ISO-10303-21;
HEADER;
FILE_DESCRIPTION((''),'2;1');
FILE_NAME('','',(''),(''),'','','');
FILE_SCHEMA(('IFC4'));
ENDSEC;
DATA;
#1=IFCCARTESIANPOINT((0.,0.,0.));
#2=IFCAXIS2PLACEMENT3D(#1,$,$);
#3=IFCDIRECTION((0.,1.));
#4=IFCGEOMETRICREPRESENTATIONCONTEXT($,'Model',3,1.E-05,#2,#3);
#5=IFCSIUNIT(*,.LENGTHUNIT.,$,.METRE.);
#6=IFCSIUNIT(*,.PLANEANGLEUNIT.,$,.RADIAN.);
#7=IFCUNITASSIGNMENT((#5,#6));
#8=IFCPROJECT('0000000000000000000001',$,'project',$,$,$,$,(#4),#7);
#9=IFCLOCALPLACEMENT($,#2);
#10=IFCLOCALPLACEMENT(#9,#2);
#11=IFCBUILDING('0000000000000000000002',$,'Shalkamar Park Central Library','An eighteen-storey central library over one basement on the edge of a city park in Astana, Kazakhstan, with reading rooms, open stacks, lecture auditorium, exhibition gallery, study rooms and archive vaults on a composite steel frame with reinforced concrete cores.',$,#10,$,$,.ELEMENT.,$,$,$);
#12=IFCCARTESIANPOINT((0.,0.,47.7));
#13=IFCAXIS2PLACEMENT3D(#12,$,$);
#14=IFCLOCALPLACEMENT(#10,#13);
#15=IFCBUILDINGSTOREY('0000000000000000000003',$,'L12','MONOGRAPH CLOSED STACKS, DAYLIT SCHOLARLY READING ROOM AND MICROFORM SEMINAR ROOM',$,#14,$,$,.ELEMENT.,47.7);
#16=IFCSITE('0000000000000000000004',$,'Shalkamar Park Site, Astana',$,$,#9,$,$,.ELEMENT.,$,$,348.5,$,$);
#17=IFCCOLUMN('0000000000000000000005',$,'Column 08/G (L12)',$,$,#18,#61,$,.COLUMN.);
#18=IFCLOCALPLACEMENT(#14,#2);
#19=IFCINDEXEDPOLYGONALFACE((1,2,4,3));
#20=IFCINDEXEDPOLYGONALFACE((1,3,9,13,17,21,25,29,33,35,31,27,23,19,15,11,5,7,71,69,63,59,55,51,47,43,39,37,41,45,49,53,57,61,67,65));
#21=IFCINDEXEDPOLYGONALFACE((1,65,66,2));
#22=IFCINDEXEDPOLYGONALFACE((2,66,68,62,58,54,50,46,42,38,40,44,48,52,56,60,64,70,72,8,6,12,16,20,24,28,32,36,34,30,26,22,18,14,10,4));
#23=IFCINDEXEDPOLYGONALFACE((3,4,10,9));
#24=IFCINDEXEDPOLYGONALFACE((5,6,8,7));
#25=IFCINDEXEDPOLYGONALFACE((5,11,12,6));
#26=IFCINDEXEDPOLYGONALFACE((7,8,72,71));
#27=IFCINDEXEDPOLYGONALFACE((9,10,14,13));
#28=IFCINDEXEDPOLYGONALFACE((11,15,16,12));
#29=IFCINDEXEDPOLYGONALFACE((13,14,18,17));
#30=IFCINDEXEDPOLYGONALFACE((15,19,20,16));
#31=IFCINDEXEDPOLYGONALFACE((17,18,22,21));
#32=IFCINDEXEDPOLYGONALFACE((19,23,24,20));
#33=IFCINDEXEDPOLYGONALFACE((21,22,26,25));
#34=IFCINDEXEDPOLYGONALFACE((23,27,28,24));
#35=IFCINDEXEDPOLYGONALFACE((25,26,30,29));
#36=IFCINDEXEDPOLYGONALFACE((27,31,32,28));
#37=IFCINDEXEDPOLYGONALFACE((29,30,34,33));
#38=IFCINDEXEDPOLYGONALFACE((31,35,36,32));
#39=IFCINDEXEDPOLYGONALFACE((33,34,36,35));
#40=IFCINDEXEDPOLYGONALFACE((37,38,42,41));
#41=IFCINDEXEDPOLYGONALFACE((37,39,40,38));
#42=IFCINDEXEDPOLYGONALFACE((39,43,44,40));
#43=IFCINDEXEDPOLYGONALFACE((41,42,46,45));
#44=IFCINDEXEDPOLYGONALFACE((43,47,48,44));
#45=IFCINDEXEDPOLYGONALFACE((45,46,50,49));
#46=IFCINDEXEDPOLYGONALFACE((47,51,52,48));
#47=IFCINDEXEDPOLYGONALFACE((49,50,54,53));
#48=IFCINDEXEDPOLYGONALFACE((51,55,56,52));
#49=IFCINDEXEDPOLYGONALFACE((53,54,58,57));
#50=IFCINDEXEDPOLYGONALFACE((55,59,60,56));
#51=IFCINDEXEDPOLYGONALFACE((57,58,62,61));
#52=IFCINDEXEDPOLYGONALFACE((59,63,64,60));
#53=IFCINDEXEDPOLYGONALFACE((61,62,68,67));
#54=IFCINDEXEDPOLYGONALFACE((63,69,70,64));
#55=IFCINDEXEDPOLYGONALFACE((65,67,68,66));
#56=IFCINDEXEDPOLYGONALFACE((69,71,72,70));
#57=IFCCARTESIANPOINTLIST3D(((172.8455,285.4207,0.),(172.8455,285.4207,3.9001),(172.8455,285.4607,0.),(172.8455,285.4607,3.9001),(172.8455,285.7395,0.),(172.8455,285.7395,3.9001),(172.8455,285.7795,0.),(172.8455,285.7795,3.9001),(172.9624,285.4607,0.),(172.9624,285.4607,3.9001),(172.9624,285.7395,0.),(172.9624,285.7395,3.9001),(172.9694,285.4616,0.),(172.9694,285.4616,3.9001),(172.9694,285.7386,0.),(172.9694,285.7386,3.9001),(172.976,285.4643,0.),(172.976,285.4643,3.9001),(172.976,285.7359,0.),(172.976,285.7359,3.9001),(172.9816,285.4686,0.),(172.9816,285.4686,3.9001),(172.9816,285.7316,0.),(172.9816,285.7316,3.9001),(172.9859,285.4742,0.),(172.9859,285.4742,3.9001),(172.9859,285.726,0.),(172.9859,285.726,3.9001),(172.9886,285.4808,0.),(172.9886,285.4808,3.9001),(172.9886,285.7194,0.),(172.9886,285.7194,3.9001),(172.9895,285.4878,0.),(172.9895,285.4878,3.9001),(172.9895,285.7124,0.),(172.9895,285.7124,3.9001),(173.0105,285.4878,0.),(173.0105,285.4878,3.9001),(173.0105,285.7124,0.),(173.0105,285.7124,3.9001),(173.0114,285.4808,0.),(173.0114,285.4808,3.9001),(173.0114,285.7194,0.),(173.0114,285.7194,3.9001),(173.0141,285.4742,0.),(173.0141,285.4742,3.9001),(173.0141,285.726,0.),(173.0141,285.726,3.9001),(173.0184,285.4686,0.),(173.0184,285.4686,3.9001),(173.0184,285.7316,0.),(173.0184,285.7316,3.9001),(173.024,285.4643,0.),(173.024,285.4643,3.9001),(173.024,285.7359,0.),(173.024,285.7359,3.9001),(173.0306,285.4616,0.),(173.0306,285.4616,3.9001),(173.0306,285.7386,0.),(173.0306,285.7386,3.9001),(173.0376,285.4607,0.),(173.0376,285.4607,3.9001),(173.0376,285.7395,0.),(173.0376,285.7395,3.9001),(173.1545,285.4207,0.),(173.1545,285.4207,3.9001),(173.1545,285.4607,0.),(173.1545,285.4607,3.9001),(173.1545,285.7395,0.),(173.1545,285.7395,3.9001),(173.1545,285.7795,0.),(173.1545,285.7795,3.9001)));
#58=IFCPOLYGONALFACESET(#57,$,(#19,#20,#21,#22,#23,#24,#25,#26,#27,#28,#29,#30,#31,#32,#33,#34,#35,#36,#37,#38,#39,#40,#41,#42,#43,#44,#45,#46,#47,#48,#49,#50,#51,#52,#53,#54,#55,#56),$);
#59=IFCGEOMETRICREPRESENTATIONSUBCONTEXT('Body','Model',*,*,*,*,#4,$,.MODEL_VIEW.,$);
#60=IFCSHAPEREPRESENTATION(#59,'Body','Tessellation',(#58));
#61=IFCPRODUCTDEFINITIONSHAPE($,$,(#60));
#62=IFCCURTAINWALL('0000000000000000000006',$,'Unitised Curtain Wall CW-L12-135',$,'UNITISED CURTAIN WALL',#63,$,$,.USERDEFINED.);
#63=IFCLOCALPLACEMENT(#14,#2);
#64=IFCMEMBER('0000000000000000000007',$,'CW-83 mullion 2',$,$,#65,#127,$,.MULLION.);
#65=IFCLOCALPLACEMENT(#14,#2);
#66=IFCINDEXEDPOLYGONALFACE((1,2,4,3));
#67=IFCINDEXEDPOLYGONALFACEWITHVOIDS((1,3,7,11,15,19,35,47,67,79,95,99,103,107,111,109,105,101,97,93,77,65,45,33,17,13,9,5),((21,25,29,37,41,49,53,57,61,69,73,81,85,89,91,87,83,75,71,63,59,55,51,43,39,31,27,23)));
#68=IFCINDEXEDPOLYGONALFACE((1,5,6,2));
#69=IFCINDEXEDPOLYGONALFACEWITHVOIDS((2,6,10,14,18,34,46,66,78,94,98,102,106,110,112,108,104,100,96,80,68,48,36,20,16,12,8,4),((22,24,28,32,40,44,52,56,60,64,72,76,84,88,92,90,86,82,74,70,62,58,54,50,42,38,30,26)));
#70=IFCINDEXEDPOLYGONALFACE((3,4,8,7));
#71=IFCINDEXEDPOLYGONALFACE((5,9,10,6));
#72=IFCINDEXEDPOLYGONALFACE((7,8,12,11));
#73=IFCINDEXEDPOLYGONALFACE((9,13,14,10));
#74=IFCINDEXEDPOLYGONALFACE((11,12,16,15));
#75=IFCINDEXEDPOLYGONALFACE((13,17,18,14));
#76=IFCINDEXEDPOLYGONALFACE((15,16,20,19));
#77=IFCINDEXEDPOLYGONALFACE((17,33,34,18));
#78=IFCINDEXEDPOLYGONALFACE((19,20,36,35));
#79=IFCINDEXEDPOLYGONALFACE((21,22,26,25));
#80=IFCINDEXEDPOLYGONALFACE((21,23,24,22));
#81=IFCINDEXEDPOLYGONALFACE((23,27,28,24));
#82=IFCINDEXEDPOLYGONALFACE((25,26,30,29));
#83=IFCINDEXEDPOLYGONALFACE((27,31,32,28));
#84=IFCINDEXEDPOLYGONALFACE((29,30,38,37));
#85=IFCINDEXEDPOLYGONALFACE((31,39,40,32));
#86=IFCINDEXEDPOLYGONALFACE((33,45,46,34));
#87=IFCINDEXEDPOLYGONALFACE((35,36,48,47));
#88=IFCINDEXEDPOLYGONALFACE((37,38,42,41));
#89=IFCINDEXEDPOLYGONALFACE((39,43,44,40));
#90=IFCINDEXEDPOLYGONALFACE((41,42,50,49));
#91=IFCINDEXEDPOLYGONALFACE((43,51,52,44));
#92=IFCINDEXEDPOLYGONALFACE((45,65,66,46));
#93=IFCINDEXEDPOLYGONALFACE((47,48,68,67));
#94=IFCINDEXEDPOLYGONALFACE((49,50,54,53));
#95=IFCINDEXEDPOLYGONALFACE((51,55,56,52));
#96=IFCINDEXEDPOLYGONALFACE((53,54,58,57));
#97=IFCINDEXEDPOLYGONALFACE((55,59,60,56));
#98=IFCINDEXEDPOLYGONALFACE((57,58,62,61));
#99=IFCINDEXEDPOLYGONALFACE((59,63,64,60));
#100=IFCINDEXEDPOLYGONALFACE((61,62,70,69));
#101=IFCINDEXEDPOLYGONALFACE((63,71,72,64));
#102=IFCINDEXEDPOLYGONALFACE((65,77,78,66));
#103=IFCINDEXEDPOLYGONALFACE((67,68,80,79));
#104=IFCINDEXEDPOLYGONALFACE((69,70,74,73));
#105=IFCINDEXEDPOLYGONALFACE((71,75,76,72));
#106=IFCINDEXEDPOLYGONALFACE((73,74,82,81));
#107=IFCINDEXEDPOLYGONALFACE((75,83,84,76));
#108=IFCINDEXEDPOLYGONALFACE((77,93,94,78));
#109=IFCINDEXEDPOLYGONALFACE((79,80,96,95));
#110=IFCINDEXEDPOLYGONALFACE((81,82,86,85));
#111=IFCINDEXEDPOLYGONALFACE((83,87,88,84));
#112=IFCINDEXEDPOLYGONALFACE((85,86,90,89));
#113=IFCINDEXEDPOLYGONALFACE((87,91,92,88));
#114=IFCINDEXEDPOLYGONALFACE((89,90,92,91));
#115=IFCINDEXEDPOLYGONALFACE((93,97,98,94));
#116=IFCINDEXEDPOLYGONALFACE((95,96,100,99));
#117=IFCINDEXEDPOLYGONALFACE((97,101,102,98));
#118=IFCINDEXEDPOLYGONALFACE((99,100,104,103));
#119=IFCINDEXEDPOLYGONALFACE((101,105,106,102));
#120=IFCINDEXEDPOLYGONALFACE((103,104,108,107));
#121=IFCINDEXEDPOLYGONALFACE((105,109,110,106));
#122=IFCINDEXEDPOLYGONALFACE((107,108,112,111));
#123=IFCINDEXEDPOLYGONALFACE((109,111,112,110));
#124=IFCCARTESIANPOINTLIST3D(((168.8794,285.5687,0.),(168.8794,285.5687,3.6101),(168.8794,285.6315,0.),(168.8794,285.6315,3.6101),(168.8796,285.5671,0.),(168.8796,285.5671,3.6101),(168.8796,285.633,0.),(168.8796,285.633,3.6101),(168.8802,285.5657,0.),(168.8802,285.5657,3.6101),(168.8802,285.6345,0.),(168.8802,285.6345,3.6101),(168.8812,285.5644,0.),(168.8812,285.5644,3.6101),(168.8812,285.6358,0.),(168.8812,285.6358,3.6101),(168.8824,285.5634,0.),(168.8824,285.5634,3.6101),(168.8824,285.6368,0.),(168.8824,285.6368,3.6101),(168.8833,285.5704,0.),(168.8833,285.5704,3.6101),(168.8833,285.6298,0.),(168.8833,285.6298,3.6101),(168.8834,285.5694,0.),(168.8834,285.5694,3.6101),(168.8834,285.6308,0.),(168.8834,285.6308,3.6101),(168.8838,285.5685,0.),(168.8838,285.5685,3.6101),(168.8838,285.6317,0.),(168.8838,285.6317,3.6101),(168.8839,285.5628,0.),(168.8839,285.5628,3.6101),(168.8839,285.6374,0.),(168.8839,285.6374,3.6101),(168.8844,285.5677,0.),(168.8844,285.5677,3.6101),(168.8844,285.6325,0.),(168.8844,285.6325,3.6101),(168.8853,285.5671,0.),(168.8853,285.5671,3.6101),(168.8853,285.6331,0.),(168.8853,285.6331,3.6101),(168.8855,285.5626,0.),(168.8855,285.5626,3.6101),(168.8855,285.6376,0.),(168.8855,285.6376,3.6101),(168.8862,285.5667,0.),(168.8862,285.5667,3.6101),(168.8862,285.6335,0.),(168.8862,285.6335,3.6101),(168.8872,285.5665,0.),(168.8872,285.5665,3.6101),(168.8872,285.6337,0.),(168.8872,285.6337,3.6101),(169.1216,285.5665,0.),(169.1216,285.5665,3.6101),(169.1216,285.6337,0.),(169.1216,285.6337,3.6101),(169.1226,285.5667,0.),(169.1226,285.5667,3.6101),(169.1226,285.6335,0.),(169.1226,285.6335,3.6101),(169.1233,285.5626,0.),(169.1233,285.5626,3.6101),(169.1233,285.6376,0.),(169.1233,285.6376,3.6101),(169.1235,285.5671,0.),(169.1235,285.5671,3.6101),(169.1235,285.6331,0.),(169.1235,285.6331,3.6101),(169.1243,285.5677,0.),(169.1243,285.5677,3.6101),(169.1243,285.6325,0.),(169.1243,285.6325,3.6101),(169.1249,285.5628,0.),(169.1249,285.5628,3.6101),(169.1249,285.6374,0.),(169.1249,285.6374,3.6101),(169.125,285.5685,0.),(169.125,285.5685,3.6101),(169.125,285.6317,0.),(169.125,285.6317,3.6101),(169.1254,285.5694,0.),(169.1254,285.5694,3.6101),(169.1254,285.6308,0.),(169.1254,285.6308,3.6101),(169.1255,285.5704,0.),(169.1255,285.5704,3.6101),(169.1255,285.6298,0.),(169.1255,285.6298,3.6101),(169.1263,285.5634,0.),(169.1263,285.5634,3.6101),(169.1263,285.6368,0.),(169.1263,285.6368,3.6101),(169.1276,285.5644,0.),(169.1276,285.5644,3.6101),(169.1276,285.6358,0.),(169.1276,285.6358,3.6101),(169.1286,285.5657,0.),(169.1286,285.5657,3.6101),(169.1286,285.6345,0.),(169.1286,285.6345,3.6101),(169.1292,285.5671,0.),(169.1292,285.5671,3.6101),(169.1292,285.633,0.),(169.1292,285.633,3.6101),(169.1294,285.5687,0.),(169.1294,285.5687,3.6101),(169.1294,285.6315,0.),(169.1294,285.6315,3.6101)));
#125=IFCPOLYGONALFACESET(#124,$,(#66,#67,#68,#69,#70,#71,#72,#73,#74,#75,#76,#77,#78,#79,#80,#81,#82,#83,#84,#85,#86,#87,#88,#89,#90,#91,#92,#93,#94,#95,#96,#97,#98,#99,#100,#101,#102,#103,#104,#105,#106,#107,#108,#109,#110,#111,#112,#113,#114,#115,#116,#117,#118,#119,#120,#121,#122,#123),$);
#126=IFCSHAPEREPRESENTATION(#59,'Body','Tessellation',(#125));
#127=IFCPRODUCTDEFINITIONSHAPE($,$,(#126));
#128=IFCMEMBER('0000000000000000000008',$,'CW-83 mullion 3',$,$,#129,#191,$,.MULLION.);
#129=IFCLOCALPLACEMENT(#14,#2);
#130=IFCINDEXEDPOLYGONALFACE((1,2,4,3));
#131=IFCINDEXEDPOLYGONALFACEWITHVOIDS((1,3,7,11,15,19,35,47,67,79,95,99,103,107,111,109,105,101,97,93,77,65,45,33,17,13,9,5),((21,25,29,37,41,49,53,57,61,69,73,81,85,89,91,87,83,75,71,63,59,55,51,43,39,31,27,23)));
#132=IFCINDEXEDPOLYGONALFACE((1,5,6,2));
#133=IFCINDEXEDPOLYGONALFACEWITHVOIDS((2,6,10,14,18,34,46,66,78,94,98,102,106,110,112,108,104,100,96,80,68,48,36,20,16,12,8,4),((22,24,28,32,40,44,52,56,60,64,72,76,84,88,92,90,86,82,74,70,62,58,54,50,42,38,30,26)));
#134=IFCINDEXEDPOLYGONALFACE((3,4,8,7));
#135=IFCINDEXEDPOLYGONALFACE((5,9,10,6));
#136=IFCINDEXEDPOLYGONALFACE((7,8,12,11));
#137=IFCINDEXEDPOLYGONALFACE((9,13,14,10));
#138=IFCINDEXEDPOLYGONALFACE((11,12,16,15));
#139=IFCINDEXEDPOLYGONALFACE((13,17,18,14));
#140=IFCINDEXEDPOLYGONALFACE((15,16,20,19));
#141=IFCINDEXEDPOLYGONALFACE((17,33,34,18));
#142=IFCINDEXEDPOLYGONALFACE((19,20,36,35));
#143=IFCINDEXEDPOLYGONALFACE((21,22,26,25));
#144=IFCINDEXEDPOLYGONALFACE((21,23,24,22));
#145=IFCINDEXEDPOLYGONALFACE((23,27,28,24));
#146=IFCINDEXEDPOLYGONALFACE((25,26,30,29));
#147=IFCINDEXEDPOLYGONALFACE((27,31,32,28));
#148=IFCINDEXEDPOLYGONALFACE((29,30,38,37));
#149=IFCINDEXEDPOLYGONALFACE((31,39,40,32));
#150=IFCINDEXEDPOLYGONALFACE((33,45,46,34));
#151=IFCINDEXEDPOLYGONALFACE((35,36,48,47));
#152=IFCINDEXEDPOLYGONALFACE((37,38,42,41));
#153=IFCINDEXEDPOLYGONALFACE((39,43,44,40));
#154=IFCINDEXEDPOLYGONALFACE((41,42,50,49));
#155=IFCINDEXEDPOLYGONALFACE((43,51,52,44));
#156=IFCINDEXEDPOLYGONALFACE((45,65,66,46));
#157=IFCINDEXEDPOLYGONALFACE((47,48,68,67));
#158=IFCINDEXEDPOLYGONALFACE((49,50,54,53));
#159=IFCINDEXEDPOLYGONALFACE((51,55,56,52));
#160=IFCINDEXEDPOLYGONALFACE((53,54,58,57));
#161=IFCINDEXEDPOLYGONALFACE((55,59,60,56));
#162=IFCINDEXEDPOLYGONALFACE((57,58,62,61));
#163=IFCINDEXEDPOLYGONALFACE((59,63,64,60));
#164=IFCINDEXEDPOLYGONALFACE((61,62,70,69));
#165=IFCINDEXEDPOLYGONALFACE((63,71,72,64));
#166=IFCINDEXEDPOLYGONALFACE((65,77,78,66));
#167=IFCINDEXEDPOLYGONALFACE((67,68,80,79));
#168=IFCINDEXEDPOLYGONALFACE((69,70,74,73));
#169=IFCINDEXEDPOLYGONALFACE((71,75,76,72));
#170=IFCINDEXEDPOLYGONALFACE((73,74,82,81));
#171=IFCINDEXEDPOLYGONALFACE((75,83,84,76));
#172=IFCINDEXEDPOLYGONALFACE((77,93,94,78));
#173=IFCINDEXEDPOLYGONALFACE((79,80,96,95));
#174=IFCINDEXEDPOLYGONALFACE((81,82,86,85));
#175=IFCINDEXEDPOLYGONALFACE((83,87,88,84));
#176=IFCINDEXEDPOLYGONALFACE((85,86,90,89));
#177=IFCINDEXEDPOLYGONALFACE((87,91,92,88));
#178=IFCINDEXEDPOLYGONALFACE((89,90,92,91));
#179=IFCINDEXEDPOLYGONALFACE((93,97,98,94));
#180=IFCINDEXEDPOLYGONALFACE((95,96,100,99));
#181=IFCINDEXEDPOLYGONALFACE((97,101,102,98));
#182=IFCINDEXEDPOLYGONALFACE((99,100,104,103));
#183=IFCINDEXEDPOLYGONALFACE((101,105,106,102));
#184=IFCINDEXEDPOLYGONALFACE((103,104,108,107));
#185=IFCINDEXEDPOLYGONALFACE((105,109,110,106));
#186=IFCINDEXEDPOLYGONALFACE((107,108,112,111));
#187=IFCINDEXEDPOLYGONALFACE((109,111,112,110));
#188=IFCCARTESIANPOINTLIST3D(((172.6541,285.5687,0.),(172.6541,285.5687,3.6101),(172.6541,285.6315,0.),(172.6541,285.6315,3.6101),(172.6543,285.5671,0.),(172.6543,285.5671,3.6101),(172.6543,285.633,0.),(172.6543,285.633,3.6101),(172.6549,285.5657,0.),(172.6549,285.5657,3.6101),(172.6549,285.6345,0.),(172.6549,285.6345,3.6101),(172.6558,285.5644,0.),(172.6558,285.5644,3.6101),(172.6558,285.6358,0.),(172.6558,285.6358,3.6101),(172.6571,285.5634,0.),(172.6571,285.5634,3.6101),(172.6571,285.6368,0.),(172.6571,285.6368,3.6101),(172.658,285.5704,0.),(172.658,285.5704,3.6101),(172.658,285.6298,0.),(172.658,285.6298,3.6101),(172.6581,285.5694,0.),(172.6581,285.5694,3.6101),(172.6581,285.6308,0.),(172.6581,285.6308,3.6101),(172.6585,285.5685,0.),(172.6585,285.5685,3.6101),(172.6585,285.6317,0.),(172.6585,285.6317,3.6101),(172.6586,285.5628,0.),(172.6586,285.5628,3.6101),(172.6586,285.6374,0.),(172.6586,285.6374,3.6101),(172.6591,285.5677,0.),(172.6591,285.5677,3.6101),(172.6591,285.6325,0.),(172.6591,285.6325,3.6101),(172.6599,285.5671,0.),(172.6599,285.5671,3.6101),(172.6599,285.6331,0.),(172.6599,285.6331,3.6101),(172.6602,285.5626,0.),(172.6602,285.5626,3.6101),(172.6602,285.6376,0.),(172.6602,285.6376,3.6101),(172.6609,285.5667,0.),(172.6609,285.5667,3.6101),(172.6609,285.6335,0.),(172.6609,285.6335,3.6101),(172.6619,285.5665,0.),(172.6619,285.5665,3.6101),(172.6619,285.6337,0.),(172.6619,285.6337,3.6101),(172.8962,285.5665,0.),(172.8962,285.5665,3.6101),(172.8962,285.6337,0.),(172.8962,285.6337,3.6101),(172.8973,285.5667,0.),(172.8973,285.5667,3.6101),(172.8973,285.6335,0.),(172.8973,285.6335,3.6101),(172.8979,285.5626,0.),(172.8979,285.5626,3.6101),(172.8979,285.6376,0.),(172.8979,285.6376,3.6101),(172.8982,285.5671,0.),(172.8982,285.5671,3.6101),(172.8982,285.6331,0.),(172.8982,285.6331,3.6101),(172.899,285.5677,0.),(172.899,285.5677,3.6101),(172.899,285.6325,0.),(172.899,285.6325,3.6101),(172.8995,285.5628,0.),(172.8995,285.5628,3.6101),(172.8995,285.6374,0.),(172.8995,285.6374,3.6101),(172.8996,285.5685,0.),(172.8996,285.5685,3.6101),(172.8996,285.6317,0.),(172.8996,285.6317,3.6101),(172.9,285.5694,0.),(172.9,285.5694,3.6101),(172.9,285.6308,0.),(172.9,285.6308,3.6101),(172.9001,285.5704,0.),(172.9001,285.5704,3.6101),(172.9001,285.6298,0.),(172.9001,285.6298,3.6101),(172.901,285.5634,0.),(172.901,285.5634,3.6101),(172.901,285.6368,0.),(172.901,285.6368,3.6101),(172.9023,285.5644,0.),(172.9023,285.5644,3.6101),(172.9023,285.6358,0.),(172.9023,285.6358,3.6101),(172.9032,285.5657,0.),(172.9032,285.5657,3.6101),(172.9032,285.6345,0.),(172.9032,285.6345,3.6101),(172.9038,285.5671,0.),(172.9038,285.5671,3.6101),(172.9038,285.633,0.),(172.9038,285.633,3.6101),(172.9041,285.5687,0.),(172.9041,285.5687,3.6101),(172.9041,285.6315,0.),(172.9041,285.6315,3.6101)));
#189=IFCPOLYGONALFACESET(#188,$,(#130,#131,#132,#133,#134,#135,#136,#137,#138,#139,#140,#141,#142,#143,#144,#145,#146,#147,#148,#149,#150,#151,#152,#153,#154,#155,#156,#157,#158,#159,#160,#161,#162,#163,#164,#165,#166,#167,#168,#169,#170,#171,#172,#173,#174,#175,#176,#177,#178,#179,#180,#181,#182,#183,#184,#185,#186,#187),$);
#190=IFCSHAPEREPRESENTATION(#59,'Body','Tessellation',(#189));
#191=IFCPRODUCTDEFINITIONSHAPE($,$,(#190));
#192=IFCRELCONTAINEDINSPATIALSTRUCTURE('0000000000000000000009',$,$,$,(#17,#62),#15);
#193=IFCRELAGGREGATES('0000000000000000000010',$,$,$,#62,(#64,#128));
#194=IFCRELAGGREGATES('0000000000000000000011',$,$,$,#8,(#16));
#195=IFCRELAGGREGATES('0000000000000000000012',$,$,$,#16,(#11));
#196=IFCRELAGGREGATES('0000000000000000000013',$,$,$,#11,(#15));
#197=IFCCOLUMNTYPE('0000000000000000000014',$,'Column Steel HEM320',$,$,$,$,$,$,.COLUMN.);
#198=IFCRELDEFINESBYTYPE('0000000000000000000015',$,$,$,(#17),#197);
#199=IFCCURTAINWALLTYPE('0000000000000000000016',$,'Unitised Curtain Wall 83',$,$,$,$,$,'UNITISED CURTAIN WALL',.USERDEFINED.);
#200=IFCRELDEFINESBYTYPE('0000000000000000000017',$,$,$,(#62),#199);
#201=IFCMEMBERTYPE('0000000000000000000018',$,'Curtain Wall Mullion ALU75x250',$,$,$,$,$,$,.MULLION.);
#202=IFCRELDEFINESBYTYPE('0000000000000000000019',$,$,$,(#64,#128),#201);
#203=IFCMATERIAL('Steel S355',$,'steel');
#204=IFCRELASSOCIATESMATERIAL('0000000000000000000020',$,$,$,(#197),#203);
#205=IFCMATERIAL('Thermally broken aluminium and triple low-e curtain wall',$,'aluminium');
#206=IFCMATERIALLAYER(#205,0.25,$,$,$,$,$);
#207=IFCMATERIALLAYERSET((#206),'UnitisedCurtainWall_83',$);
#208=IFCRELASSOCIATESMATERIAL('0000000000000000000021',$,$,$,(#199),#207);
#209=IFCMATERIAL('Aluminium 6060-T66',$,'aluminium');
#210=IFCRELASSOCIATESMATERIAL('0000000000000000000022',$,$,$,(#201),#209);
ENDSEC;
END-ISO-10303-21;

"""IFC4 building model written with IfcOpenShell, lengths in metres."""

from ifc_helpers import new_model, si_unit, direction, frame, origin, origin_2d, place, context, subcontext, project, spatial, hollow_rectangle, i_section, extrude, material, layer, layer_set, material_profile, profile_set, type_object, element, aggregate, save


model = new_model("IFC4")

# Units and contexts
model_context = context("Model", 3, precision=1e-05, world=origin(), true_north=direction((0.0, 1.0)))
body_context = subcontext(model_context, "Body", "Model", "MODEL_VIEW")
ifc_project = project(units=[si_unit("LENGTHUNIT", "METRE"), si_unit("PLANEANGLEUNIT", "RADIAN")], contexts=[model_context])

# Site, building, storey
site_placement = place(None, origin())
site = spatial("IfcSite", under=ifc_project, at=site_placement, Name="Shalkamar Park Site, Astana", CompositionType="ELEMENT", RefElevation=348.5)
building_placement = place(site_placement, origin())
building = spatial("IfcBuilding", under=site, at=building_placement, Name="Shalkamar Park Central Library", Description="An eighteen-storey central library over one basement on the edge of a city park in Astana, Kazakhstan, with reading rooms, open stacks, lecture auditorium, exhibition gallery, study rooms and archive vaults on a composite steel frame with reinforced concrete cores.", CompositionType="ELEMENT")
storey_placement = place(building_placement, frame((0.0, 0.0, 47.7)))
storey = spatial("IfcBuildingStorey", under=building, at=storey_placement, Name="L12", Description="MONOGRAPH CLOSED STACKS, DAYLIT SCHOLARLY READING ROOM AND MICROFORM SEMINAR ROOM", CompositionType="ELEMENT", Elevation=47.7)

# Column
ifc_material_1 = material(Name="Steel S355", Category="steel")
ifc_material_profile_1 = material_profile(ifc_material_1, i_section(OverallWidth=0.3091, OverallDepth=0.3589, WebThickness=0.021, FlangeThickness=0.04, FilletRadius=0.0271, at=origin_2d()), Name="HEM 320")
ifc_profile_set_1 = profile_set([ifc_material_profile_1], Name="Steel S355")
column_type = type_object("IfcColumnType", Name="Column Steel HEM320", PredefinedType="COLUMN", material=ifc_profile_set_1)
column_placement = place(storey_placement, frame((173.0, 285.6001, 0.0), z_axis=(0.0, 0.0, 1.0), x_axis=(1.0, 0.0, 0.0)))
element("IfcColumn", 1, at=column_placement, inside=storey, type_object=column_type, Name="Column 08/G (L12)", PredefinedType="COLUMN", context=body_context, shape_type="SweptSolid", body=[
    extrude(i_section(OverallWidth=0.3091, OverallDepth=0.3589, WebThickness=0.021, FlangeThickness=0.04, FilletRadius=0.0271, at=origin_2d()), origin(), (0.0, 0.0, 1.0), 3.9001),
])

# Curtain wall, members
ifc_material_2 = material(Name="Thermally broken aluminium and triple low-e curtain wall", Category="aluminium")
ifc_layer_1 = layer(ifc_material_2, 0.25)
ifc_layer_set_1 = layer_set([ifc_layer_1], Name="UnitisedCurtainWall_83")
curtain_wall_type_1 = type_object("IfcCurtainWallType", Name="Unitised Curtain Wall 83", ElementType="UNITISED CURTAIN WALL", PredefinedType="USERDEFINED", material=ifc_layer_set_1)
curtain_wall_1_placement = place(storey_placement, origin())
curtain_wall_1 = element("IfcCurtainWall", 2, at=curtain_wall_1_placement, inside=storey, type_object=curtain_wall_type_1, Name="Unitised Curtain Wall CW-L12-135", ObjectType="UNITISED CURTAIN WALL", PredefinedType="USERDEFINED")
ifc_material_3 = material(Name="Aluminium 6060-T66", Category="aluminium")
ifc_material_profile_2 = material_profile(ifc_material_3, hollow_rectangle(XDim=0.075, YDim=0.25, WallThickness=0.0039, InnerFilletRadius=0.0039, OuterFilletRadius=0.0061, at=origin_2d()), Name="ALU 75x250x4")
ifc_profile_set_2 = profile_set([ifc_material_profile_2], Name="Aluminium 6060-T66")
member_type_1 = type_object("IfcMemberType", Name="Curtain Wall Mullion ALU75x250", PredefinedType="MULLION", material=ifc_profile_set_2)
member_1_placement = place(storey_placement, frame((169.0044, 285.6001, 0.0), z_axis=(0.0, 0.0, 1.0), x_axis=(0.0, 1.0, 0.0)))
member_1 = element("IfcMember", 3, at=member_1_placement, type_object=member_type_1, Name="CW-83 mullion 2", PredefinedType="MULLION", context=body_context, shape_type="SweptSolid", body=[
    extrude(hollow_rectangle(XDim=0.075, YDim=0.25, WallThickness=0.0039, InnerFilletRadius=0.0039, OuterFilletRadius=0.0061, at=origin_2d()), origin(), (0.0, 0.0, 1.0), 3.6101),
])
member_2_placement = place(storey_placement, frame((172.7791, 285.6001, 0.0), z_axis=(0.0, 0.0, 1.0), x_axis=(0.0, 1.0, 0.0)))
member_2 = element("IfcMember", 4, at=member_2_placement, type_object=member_type_1, Name="CW-83 mullion 3", PredefinedType="MULLION", context=body_context, shape_type="SweptSolid", body=[
    extrude(hollow_rectangle(XDim=0.075, YDim=0.25, WallThickness=0.0039, InnerFilletRadius=0.0039, OuterFilletRadius=0.0061, at=origin_2d()), origin(), (0.0, 0.0, 1.0), 3.6101),
])

aggregate(curtain_wall_1, [member_1, member_2])

save(model, "model.ifc")
